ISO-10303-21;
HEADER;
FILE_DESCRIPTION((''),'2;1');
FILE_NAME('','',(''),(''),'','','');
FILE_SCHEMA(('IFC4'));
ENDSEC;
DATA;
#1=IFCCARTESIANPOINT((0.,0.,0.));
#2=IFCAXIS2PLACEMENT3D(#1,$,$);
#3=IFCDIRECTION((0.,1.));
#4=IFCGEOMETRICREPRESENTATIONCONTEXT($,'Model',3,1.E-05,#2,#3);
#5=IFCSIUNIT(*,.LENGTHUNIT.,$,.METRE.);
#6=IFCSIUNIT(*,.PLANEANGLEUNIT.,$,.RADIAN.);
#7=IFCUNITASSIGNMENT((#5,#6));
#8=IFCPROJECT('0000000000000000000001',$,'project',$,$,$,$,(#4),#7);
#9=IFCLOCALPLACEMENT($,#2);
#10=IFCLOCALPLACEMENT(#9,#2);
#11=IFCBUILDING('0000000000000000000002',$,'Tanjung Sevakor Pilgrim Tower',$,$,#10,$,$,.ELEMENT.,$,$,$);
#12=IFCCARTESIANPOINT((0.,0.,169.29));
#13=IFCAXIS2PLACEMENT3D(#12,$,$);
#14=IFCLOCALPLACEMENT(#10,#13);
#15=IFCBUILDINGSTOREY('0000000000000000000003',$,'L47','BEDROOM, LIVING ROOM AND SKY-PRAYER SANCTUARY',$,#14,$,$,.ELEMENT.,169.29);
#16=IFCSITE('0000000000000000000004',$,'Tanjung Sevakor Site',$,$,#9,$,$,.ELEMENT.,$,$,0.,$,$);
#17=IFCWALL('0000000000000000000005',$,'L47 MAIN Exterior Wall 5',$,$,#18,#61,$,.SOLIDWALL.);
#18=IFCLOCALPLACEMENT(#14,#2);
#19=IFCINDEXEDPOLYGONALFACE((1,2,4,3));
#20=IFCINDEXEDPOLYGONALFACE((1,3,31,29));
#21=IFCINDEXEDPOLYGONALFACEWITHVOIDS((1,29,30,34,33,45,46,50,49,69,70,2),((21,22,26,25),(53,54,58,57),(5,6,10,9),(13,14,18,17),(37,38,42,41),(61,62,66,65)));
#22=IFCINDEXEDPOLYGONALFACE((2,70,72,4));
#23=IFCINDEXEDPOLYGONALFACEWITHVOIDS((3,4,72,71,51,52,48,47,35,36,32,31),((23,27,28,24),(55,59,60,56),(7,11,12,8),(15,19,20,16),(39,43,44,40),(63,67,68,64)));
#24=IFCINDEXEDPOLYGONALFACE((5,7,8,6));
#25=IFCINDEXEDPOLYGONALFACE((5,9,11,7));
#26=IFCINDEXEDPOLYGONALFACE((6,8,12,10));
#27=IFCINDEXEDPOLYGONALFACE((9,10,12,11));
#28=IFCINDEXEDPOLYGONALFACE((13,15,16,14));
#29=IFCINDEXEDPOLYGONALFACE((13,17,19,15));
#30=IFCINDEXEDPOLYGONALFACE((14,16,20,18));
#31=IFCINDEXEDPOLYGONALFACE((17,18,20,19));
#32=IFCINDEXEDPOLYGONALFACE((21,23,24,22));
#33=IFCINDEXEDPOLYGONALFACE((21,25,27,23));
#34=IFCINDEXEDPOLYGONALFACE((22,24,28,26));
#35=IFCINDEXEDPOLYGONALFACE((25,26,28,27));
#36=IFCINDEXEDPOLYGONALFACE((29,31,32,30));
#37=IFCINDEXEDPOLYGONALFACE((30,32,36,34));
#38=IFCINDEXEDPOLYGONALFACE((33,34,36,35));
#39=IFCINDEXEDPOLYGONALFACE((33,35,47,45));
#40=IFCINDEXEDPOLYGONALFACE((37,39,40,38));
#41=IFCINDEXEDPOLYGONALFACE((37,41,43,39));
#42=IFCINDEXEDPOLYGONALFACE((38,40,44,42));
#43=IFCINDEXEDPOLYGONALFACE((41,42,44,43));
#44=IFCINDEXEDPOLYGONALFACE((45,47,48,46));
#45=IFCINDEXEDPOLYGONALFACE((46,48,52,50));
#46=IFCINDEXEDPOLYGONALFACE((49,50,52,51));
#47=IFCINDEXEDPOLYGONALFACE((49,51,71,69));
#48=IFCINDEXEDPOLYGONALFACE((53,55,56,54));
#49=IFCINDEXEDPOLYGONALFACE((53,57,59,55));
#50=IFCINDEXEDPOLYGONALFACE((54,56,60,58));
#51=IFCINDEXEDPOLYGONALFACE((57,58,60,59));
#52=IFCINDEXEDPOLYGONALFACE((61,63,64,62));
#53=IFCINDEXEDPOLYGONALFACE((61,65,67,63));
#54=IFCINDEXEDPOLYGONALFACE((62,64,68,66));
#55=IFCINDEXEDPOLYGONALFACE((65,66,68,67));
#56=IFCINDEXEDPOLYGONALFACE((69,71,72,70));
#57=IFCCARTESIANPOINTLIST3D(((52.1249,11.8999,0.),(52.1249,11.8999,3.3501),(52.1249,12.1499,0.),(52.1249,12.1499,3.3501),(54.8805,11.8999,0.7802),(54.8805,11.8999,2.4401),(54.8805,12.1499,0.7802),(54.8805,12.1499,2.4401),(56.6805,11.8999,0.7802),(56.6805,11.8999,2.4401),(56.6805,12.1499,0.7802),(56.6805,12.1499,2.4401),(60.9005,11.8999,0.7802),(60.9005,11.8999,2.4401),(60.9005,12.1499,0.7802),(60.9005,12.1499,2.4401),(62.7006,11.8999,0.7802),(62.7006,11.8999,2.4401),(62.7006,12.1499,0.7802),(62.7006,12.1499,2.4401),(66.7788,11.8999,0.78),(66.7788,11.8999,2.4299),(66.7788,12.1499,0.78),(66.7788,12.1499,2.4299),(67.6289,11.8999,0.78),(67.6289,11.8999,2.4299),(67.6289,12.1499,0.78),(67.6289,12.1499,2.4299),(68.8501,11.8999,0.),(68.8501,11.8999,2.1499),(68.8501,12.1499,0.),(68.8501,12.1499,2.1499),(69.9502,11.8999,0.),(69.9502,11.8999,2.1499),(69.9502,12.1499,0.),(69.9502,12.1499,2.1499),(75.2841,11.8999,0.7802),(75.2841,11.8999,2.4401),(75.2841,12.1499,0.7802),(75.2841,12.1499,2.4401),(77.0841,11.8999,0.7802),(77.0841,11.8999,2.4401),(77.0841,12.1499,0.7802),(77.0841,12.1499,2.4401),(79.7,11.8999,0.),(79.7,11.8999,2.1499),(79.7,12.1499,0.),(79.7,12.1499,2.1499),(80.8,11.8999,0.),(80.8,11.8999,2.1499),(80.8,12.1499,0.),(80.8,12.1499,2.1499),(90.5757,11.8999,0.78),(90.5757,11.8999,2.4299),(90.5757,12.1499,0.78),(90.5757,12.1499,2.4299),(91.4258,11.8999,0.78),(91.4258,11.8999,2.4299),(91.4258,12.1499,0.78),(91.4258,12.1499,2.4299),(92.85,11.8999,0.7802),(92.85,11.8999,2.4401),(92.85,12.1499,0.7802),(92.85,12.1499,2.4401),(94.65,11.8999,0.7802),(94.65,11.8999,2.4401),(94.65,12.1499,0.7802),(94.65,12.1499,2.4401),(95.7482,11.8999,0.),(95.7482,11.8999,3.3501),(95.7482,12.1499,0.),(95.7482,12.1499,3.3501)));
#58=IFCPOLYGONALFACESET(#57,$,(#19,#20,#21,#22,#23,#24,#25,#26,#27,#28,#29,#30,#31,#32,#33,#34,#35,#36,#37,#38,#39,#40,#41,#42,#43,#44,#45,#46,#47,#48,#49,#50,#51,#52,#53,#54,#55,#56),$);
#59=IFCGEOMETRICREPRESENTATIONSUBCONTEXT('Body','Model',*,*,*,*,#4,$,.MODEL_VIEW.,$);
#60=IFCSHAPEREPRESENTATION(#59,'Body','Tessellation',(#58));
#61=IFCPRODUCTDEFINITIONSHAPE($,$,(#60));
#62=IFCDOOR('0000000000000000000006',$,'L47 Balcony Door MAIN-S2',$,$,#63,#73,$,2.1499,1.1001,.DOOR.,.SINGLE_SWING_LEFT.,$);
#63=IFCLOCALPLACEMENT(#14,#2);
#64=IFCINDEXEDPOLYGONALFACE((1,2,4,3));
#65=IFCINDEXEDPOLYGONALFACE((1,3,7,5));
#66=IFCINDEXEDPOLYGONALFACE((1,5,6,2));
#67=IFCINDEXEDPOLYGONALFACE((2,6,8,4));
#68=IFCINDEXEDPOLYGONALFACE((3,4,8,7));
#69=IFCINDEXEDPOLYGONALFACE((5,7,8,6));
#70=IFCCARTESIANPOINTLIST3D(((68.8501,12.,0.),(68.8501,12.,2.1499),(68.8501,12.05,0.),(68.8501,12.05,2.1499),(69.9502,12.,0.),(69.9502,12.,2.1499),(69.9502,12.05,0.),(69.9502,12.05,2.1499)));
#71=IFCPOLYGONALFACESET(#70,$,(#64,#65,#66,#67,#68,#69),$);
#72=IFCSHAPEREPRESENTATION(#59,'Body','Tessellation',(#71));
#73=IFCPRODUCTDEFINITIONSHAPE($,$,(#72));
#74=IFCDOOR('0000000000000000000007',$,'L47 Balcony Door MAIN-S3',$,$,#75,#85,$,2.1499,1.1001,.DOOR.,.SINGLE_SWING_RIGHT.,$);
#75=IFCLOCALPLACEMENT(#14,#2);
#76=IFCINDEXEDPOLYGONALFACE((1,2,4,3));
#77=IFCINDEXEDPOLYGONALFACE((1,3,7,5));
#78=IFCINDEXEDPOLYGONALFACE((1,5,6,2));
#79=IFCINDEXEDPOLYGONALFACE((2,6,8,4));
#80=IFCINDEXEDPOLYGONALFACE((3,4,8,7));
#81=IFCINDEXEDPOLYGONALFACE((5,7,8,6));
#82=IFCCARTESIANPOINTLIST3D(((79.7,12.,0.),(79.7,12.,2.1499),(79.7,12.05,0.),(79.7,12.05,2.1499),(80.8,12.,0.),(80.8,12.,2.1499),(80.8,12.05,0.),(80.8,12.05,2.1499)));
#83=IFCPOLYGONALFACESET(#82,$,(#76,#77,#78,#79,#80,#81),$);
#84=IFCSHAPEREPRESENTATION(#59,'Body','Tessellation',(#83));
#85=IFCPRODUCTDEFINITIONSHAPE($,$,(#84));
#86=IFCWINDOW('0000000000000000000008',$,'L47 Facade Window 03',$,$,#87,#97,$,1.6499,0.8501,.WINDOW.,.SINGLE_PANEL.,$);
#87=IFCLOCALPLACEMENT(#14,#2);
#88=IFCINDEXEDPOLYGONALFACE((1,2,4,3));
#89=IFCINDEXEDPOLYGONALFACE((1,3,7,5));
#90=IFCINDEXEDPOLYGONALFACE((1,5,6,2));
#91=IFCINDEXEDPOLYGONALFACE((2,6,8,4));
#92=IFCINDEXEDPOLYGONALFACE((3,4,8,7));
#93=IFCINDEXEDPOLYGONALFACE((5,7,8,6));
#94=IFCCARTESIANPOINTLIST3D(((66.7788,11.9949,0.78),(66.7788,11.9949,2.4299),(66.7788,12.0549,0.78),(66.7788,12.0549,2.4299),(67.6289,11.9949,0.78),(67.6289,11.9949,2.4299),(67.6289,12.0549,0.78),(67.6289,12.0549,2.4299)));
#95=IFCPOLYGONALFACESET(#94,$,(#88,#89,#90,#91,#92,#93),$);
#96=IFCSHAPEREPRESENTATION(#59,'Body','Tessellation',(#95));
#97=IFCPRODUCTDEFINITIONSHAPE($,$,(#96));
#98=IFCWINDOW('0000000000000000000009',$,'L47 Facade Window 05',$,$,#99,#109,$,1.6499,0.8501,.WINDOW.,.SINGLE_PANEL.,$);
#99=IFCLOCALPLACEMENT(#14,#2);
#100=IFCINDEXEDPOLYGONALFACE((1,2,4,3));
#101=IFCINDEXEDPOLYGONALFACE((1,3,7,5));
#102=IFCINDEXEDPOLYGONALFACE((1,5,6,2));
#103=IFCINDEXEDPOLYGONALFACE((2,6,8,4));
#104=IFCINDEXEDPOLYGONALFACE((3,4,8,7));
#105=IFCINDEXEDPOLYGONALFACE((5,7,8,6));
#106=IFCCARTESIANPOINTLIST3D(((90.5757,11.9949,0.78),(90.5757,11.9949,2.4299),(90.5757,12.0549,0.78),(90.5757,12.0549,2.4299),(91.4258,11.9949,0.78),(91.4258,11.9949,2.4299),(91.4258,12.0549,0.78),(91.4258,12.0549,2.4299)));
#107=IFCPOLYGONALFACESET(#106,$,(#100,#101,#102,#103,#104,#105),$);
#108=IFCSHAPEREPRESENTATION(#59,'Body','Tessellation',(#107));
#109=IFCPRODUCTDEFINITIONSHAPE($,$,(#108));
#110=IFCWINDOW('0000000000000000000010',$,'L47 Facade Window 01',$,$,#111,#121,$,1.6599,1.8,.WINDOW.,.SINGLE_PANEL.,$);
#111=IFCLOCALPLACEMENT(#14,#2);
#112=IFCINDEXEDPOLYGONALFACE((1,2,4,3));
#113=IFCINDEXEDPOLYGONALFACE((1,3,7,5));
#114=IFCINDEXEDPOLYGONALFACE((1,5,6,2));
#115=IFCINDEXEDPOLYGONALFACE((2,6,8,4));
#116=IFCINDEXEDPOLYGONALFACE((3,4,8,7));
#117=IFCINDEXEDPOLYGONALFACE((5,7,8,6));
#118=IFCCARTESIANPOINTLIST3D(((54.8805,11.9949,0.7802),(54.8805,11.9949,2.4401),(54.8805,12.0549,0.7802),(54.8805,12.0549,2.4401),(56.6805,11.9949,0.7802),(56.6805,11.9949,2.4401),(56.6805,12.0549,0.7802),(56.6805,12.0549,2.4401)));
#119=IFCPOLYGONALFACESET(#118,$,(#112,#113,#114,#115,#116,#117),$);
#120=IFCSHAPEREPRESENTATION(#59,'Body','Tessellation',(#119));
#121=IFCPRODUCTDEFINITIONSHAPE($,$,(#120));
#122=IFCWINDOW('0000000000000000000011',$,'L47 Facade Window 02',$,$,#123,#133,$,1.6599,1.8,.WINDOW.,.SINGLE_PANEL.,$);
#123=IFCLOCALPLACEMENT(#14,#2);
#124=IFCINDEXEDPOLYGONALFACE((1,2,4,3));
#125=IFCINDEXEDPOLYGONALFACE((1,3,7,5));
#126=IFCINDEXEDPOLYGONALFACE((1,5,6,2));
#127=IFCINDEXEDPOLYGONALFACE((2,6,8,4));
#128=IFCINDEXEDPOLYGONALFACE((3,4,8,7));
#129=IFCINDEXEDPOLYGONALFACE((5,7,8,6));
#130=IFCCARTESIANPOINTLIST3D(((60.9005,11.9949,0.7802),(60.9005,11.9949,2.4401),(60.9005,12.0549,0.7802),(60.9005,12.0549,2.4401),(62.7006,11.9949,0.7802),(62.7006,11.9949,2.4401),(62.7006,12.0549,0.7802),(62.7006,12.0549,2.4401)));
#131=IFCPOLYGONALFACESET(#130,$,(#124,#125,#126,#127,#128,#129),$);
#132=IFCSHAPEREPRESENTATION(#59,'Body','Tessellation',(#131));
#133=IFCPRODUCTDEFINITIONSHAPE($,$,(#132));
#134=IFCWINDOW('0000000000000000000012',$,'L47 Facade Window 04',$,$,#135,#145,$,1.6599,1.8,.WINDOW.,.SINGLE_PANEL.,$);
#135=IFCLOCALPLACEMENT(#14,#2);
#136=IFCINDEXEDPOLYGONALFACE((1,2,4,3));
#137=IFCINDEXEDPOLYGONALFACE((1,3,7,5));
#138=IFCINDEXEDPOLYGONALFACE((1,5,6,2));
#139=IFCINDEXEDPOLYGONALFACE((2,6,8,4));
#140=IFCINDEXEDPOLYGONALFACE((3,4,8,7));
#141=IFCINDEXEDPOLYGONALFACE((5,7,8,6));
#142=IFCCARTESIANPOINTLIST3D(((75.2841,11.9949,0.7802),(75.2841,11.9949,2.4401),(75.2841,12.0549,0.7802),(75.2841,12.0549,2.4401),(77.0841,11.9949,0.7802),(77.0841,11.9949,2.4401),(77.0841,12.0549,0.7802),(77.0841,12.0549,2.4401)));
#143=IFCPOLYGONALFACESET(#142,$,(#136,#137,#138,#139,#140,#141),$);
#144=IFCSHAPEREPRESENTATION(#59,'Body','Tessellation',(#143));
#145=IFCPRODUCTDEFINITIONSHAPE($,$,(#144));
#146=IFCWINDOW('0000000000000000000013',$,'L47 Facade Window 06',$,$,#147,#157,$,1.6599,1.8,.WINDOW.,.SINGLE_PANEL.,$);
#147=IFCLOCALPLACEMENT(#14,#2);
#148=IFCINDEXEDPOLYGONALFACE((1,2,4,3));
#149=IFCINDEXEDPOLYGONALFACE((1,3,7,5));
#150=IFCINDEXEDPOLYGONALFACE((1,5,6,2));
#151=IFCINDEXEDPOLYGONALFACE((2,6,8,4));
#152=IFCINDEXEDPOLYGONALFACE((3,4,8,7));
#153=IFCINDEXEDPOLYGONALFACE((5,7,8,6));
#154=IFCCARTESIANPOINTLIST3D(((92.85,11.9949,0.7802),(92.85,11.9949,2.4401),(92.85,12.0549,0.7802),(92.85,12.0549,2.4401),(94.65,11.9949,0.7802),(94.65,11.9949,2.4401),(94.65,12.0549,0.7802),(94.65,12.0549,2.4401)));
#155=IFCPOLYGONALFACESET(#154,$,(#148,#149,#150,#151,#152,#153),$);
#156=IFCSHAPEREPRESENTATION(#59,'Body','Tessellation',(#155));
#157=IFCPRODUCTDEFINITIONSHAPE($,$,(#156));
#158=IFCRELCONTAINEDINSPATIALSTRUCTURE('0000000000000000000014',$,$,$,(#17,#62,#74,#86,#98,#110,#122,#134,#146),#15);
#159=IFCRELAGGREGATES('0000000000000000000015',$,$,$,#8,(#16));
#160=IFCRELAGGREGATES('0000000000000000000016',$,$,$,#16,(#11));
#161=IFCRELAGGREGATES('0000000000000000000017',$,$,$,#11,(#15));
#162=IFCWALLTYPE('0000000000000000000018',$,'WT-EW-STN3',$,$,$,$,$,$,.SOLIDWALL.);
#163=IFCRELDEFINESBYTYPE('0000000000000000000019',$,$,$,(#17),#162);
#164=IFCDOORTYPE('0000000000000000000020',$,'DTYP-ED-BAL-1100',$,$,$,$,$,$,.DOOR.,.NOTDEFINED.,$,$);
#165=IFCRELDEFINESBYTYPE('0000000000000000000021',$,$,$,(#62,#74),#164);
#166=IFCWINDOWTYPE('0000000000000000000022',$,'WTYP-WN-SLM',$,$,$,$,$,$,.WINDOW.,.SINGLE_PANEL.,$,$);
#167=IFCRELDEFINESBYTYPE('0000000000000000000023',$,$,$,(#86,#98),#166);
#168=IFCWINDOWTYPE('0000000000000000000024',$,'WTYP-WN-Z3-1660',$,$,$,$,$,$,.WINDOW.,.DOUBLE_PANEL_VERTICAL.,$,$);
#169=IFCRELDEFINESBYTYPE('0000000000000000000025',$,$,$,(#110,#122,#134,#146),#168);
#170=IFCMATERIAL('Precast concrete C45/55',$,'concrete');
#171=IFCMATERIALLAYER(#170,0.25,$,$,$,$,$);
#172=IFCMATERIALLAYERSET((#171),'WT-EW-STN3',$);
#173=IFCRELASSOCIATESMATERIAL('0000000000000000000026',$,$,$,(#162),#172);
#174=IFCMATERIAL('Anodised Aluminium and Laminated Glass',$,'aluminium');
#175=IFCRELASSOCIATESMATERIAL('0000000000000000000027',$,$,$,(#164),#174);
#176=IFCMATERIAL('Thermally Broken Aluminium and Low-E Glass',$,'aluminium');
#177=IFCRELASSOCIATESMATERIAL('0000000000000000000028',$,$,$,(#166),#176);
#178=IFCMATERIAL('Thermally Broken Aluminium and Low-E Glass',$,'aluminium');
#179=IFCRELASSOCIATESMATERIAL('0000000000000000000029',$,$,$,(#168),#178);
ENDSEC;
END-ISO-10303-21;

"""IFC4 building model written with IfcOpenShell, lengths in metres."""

from ifc_helpers import new_model, si_unit, direction, frame, frame_2d, origin, place, context, subcontext, project, spatial, rectangle, extrude, material, layer, layer_set, type_object, element, fill, save


model = new_model("IFC4")

# Units and contexts
model_context = context("Model", 3, precision=1e-05, world=origin(), true_north=direction((0.0, 1.0)))
body_context = subcontext(model_context, "Body", "Model", "MODEL_VIEW")
ifc_project = project(units=[si_unit("LENGTHUNIT", "METRE"), si_unit("PLANEANGLEUNIT", "RADIAN")], contexts=[model_context])

# Site, building, storey
site_placement = place(None, origin())
site = spatial("IfcSite", under=ifc_project, at=site_placement, Name="Tanjung Sevakor Site", CompositionType="ELEMENT", RefElevation=0.0)
building_placement = place(site_placement, origin())
building = spatial("IfcBuilding", under=site, at=building_placement, Name="Tanjung Sevakor Pilgrim Tower", CompositionType="ELEMENT")
storey_placement = place(building_placement, frame((0.0, 0.0, 169.29)))
storey = spatial("IfcBuildingStorey", under=building, at=storey_placement, Name="L47", Description="BEDROOM, LIVING ROOM AND SKY-PRAYER SANCTUARY", CompositionType="ELEMENT", Elevation=169.29)

# Shared definitions
ifc_material_1 = material(Name="Precast concrete C45/55", Category="concrete")
ifc_layer_1 = layer(ifc_material_1, 0.25)
ifc_layer_set_1 = layer_set([ifc_layer_1], Name="WT-EW-STN3")
wall_type_1 = type_object("IfcWallType", Name="WT-EW-STN3", PredefinedType="SOLIDWALL", material=ifc_layer_set_1)

# Wall, openings, doors, windows
wall_1_placement = place(storey_placement, frame((52.125, 12.0249, 0.0), z_axis=(0.0, 0.0, 1.0), x_axis=(1.0, 0.0, 0.0)))
wall_1 = element("IfcWall", 1, at=wall_1_placement, inside=storey, type_object=wall_type_1, Name="L47 MAIN Exterior Wall 5", PredefinedType="SOLIDWALL", context=body_context, shape_type="SweptSolid", body=[
    extrude(rectangle(XDim=43.6233, YDim=0.25, at=frame_2d((21.8115, 0.0))), origin(), (0.0, 0.0, 1.0), 3.3501),
])
opening_1_placement = place(wall_1_placement, frame((16.7251, 0.0, 0.0)))
opening_1 = element("IfcOpeningElement", 2, at=opening_1_placement, cuts=wall_1, PredefinedType="OPENING", context=body_context, shape_type="SweptSolid", body=[
    extrude(rectangle(XDim=1.1001, YDim=2.1499, at=frame_2d((0.55, 1.075))), frame((0.0, 0.135, 0.0), z_axis=(0.0, -1.0, 0.0), x_axis=(1.0, 0.0, 0.0)), (0.0, 0.0, 1.0), 0.27),
])
opening_2_placement = place(wall_1_placement, frame((27.575, 0.0, 0.0)))
opening_2 = element("IfcOpeningElement", 3, at=opening_2_placement, cuts=wall_1, PredefinedType="OPENING", context=body_context, shape_type="SweptSolid", body=[
    extrude(rectangle(XDim=1.1001, YDim=2.1499, at=frame_2d((0.55, 1.075))), frame((0.0, 0.135, 0.0), z_axis=(0.0, -1.0, 0.0), x_axis=(1.0, 0.0, 0.0)), (0.0, 0.0, 1.0), 0.27),
])
opening_3_placement = place(wall_1_placement, frame((2.7556, 0.0, 0.78)))
opening_3 = element("IfcOpeningElement", 4, at=opening_3_placement, cuts=wall_1, PredefinedType="OPENING", context=body_context, shape_type="SweptSolid", body=[
    extrude(rectangle(XDim=1.8, YDim=1.6599, at=frame_2d((0.8999, 0.8301))), frame((0.0, 0.135, 0.0), z_axis=(0.0, -1.0, 0.0), x_axis=(1.0, 0.0, 0.0)), (0.0, 0.0, 1.0), 0.27),
])
opening_4_placement = place(wall_1_placement, frame((8.7756, 0.0, 0.78)))
opening_4 = element("IfcOpeningElement", 5, at=opening_4_placement, cuts=wall_1, PredefinedType="OPENING", context=body_context, shape_type="SweptSolid", body=[
    extrude(rectangle(XDim=1.8, YDim=1.6599, at=frame_2d((0.8999, 0.8301))), frame((0.0, 0.135, 0.0), z_axis=(0.0, -1.0, 0.0), x_axis=(1.0, 0.0, 0.0)), (0.0, 0.0, 1.0), 0.27),
])
opening_5_placement = place(wall_1_placement, frame((14.6538, 0.0, 0.78)))
opening_5 = element("IfcOpeningElement", 6, at=opening_5_placement, cuts=wall_1, PredefinedType="OPENING", context=body_context, shape_type="SweptSolid", body=[
    extrude(rectangle(XDim=0.8501, YDim=1.6499, at=frame_2d((0.425, 0.825))), frame((0.0, 0.135, 0.0), z_axis=(0.0, -1.0, 0.0), x_axis=(1.0, 0.0, 0.0)), (0.0, 0.0, 1.0), 0.27),
])
opening_6_placement = place(wall_1_placement, frame((23.1592, 0.0, 0.78)))
opening_6 = element("IfcOpeningElement", 7, at=opening_6_placement, cuts=wall_1, PredefinedType="OPENING", context=body_context, shape_type="SweptSolid", body=[
    extrude(rectangle(XDim=1.8, YDim=1.6599, at=frame_2d((0.8999, 0.8301))), frame((0.0, 0.135, 0.0), z_axis=(0.0, -1.0, 0.0), x_axis=(1.0, 0.0, 0.0)), (0.0, 0.0, 1.0), 0.27),
])
opening_7_placement = place(wall_1_placement, frame((38.4507, 0.0, 0.78)))
opening_7 = element("IfcOpeningElement", 8, at=opening_7_placement, cuts=wall_1, PredefinedType="OPENING", context=body_context, shape_type="SweptSolid", body=[
    extrude(rectangle(XDim=0.8501, YDim=1.6499, at=frame_2d((0.425, 0.825))), frame((0.0, 0.135, 0.0), z_axis=(0.0, -1.0, 0.0), x_axis=(1.0, 0.0, 0.0)), (0.0, 0.0, 1.0), 0.27),
])
opening_8_placement = place(wall_1_placement, frame((40.7251, 0.0, 0.78)))
opening_8 = element("IfcOpeningElement", 9, at=opening_8_placement, cuts=wall_1, PredefinedType="OPENING", context=body_context, shape_type="SweptSolid", body=[
    extrude(rectangle(XDim=1.8, YDim=1.6599, at=frame_2d((0.8999, 0.8301))), frame((0.0, 0.135, 0.0), z_axis=(0.0, -1.0, 0.0), x_axis=(1.0, 0.0, 0.0)), (0.0, 0.0, 1.0), 0.27),
])
ifc_material_2 = material(Name="Anodised Aluminium and Laminated Glass", Category="aluminium")
door_type = type_object("IfcDoorType", Name="DTYP-ED-BAL-1100", OperationType="NOTDEFINED", PredefinedType="DOOR", material=ifc_material_2)
door_1_placement = place(opening_1_placement, frame((1.1001, 0.0, 0.0), z_axis=(0.0, 0.0, 1.0), x_axis=(-1.0, 0.0, 0.0)))
door_1 = element("IfcDoor", 10, at=door_1_placement, inside=storey, type_object=door_type, Name="L47 Balcony Door MAIN-S2", OperationType="SINGLE_SWING_LEFT", OverallHeight=2.1499, OverallWidth=1.1001, PredefinedType="DOOR", context=body_context, shape_type="SweptSolid", body=[
    extrude(rectangle(XDim=1.1001, YDim=2.1499, at=frame_2d((0.55, 1.075))), frame((0.0, 0.0249, 0.0), z_axis=(0.0, -1.0, 0.0), x_axis=(1.0, 0.0, 0.0)), (0.0, 0.0, 1.0), 0.05),
])
fill(opening_1, door_1)
door_2_placement = place(opening_2_placement, frame((1.1001, 0.0, 0.0), z_axis=(0.0, 0.0, 1.0), x_axis=(-1.0, 0.0, 0.0)))
door_2 = element("IfcDoor", 11, at=door_2_placement, inside=storey, type_object=door_type, Name="L47 Balcony Door MAIN-S3", OperationType="SINGLE_SWING_RIGHT", OverallHeight=2.1499, OverallWidth=1.1001, PredefinedType="DOOR", context=body_context, shape_type="SweptSolid", body=[
    extrude(rectangle(XDim=1.1001, YDim=2.1499, at=frame_2d((0.55, 1.075))), frame((0.0, 0.0249, 0.0), z_axis=(0.0, -1.0, 0.0), x_axis=(1.0, 0.0, 0.0)), (0.0, 0.0, 1.0), 0.05),
])
fill(opening_2, door_2)
ifc_material_3 = material(Name="Thermally Broken Aluminium and Low-E Glass", Category="aluminium")
window_type_1 = type_object("IfcWindowType", Name="WTYP-WN-SLM", PartitioningType="SINGLE_PANEL", PredefinedType="WINDOW", material=ifc_material_3)
window_1_placement = place(opening_5_placement, origin())
window_1 = element("IfcWindow", 12, at=window_1_placement, inside=storey, type_object=window_type_1, Name="L47 Facade Window 03", OverallHeight=1.6499, OverallWidth=0.8501, PartitioningType="SINGLE_PANEL", PredefinedType="WINDOW", context=body_context, shape_type="SweptSolid", body=[
    extrude(rectangle(XDim=0.8501, YDim=1.6499, at=frame_2d((0.425, 0.825))), frame((0.0, 0.03, 0.0), z_axis=(0.0, -1.0, 0.0), x_axis=(1.0, 0.0, 0.0)), (0.0, 0.0, 1.0), 0.0601),
])
fill(opening_5, window_1)
window_2_placement = place(opening_7_placement, origin())
window_2 = element("IfcWindow", 13, at=window_2_placement, inside=storey, type_object=window_type_1, Name="L47 Facade Window 05", OverallHeight=1.6499, OverallWidth=0.8501, PartitioningType="SINGLE_PANEL", PredefinedType="WINDOW", context=body_context, shape_type="SweptSolid", body=[
    extrude(rectangle(XDim=0.8501, YDim=1.6499, at=frame_2d((0.425, 0.825))), frame((0.0, 0.03, 0.0), z_axis=(0.0, -1.0, 0.0), x_axis=(1.0, 0.0, 0.0)), (0.0, 0.0, 1.0), 0.0601),
])
fill(opening_7, window_2)
ifc_material_4 = material(Name="Thermally Broken Aluminium and Low-E Glass", Category="aluminium")
window_type_2 = type_object("IfcWindowType", Name="WTYP-WN-Z3-1660", PartitioningType="DOUBLE_PANEL_VERTICAL", PredefinedType="WINDOW", material=ifc_material_4)
window_3_placement = place(opening_3_placement, origin())
window_3 = element("IfcWindow", 14, at=window_3_placement, inside=storey, type_object=window_type_2, Name="L47 Facade Window 01", OverallHeight=1.6599, OverallWidth=1.8, PartitioningType="SINGLE_PANEL", PredefinedType="WINDOW", context=body_context, shape_type="SweptSolid", body=[
    extrude(rectangle(XDim=1.8, YDim=1.6599, at=frame_2d((0.8999, 0.8301))), frame((0.0, 0.03, 0.0), z_axis=(0.0, -1.0, 0.0), x_axis=(1.0, 0.0, 0.0)), (0.0, 0.0, 1.0), 0.0601),
])
fill(opening_3, window_3)
window_4_placement = place(opening_4_placement, origin())
window_4 = element("IfcWindow", 15, at=window_4_placement, inside=storey, type_object=window_type_2, Name="L47 Facade Window 02", OverallHeight=1.6599, OverallWidth=1.8, PartitioningType="SINGLE_PANEL", PredefinedType="WINDOW", context=body_context, shape_type="SweptSolid", body=[
    extrude(rectangle(XDim=1.8, YDim=1.6599, at=frame_2d((0.8999, 0.8301))), frame((0.0, 0.03, 0.0), z_axis=(0.0, -1.0, 0.0), x_axis=(1.0, 0.0, 0.0)), (0.0, 0.0, 1.0), 0.0601),
])
fill(opening_4, window_4)
window_5_placement = place(opening_6_placement, origin())
window_5 = element("IfcWindow", 16, at=window_5_placement, inside=storey, type_object=window_type_2, Name="L47 Facade Window 04", OverallHeight=1.6599, OverallWidth=1.8, PartitioningType="SINGLE_PANEL", PredefinedType="WINDOW", context=body_context, shape_type="SweptSolid", body=[
    extrude(rectangle(XDim=1.8, YDim=1.6599, at=frame_2d((0.8999, 0.8301))), frame((0.0, 0.03, 0.0), z_axis=(0.0, -1.0, 0.0), x_axis=(1.0, 0.0, 0.0)), (0.0, 0.0, 1.0), 0.0601),
])
fill(opening_6, window_5)
window_6_placement = place(opening_8_placement, origin())
window_6 = element("IfcWindow", 17, at=window_6_placement, inside=storey, type_object=window_type_2, Name="L47 Facade Window 06", OverallHeight=1.6599, OverallWidth=1.8, PartitioningType="SINGLE_PANEL", PredefinedType="WINDOW", context=body_context, shape_type="SweptSolid", body=[
    extrude(rectangle(XDim=1.8, YDim=1.6599, at=frame_2d((0.8999, 0.8301))), frame((0.0, 0.03, 0.0), z_axis=(0.0, -1.0, 0.0), x_axis=(1.0, 0.0, 0.0)), (0.0, 0.0, 1.0), 0.0601),
])
fill(opening_8, window_6)

save(model, "model.ifc")
